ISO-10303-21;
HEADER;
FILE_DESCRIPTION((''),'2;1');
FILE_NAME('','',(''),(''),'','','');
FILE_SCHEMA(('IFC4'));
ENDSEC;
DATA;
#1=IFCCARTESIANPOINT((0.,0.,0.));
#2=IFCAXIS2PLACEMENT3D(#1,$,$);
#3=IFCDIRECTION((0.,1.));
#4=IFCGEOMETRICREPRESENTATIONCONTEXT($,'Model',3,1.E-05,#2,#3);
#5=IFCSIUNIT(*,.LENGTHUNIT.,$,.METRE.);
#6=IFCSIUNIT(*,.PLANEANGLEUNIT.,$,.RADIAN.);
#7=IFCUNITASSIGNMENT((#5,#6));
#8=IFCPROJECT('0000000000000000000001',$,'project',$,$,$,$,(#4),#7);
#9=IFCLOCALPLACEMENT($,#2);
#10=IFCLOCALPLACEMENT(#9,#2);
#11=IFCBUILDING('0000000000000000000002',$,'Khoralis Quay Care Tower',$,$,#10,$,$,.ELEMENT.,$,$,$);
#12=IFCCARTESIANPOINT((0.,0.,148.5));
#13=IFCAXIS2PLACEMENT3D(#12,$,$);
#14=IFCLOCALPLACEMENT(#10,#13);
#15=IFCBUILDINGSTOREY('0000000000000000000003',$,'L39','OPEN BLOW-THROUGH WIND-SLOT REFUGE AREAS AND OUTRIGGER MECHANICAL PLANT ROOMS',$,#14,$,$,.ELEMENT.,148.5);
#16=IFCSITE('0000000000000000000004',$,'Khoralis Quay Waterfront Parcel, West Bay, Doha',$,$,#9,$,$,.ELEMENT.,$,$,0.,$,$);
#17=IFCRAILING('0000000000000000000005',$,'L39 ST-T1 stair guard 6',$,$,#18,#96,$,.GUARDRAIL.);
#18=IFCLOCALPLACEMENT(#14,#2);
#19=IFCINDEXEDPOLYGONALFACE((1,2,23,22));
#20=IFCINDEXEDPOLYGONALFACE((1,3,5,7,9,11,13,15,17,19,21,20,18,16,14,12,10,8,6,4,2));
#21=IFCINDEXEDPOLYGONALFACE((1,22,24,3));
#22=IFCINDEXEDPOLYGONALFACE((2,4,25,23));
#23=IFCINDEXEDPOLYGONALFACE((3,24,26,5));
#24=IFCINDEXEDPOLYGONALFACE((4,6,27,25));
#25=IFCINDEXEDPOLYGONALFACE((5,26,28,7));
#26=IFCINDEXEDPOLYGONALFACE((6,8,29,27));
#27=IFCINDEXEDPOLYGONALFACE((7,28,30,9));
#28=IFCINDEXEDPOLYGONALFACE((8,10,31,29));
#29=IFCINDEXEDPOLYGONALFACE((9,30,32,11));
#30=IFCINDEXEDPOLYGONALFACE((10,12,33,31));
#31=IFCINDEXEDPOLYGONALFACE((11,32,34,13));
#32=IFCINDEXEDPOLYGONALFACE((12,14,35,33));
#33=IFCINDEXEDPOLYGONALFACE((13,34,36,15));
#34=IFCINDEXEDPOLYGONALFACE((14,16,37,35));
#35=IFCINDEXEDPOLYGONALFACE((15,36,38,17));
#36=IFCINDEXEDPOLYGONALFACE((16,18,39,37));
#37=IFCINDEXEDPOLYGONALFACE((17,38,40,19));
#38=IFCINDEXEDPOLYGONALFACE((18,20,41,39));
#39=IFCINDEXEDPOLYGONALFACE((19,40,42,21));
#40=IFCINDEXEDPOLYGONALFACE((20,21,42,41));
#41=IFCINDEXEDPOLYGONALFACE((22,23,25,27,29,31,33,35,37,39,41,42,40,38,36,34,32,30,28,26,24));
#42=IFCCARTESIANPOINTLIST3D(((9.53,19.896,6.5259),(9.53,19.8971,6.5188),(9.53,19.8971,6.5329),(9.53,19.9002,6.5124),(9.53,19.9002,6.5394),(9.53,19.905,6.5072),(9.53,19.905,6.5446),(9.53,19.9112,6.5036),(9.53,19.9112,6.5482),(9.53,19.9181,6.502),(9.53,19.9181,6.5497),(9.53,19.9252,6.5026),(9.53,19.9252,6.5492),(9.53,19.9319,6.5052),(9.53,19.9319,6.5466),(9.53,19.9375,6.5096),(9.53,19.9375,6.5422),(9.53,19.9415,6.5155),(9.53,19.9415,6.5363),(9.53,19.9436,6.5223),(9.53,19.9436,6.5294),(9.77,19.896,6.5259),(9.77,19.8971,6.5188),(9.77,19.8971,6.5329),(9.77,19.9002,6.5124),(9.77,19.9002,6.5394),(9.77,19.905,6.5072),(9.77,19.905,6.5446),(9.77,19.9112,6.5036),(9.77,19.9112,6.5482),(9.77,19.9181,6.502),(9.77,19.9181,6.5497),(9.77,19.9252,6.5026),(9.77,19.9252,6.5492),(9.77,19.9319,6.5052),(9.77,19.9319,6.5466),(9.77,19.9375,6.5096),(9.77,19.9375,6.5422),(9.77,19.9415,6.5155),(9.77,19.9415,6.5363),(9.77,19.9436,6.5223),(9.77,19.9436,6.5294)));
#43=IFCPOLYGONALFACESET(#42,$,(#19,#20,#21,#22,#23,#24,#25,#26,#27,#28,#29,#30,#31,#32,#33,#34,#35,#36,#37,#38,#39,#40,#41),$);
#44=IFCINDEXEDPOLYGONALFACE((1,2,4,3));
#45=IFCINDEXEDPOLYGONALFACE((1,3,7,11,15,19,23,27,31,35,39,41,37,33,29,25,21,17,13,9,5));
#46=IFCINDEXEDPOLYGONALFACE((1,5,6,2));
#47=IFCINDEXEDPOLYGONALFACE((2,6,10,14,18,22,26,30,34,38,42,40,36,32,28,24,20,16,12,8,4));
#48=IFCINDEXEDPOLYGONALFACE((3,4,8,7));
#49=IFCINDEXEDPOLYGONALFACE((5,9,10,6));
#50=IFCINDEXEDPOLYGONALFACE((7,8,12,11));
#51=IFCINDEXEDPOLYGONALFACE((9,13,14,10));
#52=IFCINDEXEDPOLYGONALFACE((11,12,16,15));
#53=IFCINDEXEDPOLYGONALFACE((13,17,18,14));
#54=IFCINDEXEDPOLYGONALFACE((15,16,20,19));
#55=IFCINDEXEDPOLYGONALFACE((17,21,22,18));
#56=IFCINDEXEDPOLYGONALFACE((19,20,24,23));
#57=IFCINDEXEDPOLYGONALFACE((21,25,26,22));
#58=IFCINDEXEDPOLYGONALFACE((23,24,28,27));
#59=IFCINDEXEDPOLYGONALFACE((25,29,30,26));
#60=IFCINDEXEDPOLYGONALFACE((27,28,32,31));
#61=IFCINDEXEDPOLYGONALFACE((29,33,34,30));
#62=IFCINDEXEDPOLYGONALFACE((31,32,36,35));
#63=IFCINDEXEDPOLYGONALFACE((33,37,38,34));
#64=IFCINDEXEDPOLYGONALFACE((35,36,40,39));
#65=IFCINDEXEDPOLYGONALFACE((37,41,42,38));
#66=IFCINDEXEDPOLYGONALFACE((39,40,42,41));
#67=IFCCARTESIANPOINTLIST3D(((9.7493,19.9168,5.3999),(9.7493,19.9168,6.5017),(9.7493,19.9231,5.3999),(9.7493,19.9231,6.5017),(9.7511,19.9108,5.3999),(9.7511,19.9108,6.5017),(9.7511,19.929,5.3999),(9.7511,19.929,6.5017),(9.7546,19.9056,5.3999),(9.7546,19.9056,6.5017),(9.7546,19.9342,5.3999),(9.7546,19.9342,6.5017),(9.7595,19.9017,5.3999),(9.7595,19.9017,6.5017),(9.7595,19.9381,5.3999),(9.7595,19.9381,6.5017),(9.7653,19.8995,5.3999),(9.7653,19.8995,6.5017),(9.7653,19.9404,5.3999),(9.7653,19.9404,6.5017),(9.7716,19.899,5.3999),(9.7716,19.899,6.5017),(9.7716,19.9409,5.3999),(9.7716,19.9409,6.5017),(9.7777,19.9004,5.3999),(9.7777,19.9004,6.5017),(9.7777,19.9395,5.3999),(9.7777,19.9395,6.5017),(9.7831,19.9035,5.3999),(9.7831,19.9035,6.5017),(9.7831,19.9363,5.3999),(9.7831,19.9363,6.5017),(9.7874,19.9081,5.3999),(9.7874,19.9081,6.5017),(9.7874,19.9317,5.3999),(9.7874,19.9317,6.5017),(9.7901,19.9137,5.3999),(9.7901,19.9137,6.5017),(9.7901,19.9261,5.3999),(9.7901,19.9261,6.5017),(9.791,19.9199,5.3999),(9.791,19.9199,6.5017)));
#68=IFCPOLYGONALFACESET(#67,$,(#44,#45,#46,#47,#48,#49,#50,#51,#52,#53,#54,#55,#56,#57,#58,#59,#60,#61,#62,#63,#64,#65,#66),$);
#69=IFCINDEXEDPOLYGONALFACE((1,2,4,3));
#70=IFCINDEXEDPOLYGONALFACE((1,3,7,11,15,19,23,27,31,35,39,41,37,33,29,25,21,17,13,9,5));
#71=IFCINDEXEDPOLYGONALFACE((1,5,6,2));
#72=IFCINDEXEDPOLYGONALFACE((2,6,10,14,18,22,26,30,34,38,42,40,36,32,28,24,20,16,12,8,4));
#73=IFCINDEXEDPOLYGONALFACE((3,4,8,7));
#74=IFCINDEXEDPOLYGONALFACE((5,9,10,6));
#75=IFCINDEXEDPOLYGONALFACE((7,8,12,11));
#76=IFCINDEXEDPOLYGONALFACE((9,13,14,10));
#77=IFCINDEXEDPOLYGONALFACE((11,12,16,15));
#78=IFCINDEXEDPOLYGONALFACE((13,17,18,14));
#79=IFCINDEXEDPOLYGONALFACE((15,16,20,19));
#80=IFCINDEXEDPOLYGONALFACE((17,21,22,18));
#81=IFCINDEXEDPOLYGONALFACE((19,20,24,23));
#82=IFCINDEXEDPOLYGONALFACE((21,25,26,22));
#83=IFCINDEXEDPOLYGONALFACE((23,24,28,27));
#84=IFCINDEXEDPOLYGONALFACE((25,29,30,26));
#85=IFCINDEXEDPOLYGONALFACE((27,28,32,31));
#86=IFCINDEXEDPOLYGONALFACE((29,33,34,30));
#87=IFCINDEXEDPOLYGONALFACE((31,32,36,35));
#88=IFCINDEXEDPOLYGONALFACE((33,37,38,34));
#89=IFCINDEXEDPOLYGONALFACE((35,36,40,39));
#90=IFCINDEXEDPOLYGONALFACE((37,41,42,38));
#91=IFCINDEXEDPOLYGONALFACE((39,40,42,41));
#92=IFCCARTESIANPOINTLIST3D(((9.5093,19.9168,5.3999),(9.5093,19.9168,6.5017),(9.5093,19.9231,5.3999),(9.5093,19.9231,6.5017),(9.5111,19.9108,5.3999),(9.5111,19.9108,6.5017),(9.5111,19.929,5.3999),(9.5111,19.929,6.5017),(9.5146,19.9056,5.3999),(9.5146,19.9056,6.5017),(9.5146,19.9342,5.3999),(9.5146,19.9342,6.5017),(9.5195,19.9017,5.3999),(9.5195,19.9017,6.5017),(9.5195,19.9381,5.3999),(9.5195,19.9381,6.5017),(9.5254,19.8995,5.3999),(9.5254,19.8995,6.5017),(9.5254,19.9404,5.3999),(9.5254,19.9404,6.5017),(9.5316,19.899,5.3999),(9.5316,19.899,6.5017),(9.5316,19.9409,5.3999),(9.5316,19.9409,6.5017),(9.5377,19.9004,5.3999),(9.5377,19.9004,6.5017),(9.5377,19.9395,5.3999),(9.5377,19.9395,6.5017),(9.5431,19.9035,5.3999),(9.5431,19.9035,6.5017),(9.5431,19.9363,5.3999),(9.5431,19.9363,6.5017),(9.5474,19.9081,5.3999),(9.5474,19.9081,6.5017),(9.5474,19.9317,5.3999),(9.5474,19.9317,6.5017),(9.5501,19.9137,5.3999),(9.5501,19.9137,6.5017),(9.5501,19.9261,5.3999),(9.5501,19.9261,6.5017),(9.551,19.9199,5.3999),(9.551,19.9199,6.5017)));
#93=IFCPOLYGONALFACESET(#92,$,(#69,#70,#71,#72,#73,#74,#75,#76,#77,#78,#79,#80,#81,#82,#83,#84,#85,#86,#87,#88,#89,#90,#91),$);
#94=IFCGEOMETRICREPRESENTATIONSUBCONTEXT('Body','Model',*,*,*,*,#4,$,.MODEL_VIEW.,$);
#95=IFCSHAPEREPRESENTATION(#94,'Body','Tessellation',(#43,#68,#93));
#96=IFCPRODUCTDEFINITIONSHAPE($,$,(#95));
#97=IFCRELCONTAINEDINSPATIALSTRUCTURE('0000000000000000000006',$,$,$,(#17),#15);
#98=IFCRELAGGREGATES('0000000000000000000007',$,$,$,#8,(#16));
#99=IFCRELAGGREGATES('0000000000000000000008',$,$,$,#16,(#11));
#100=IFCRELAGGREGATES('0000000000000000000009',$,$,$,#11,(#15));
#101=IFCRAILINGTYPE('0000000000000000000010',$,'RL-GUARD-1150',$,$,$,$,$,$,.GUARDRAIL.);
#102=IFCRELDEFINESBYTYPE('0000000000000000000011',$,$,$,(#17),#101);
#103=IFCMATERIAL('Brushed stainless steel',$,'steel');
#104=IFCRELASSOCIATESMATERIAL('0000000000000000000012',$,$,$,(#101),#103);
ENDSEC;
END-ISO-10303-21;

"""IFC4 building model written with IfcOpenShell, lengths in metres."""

from ifc_helpers import new_model, si_unit, direction, frame, origin, origin_2d, place, context, subcontext, project, spatial, circle, extrude, material, type_object, element, save


model = new_model("IFC4")

# Units and contexts
model_context = context("Model", 3, precision=1e-05, world=origin(), true_north=direction((0.0, 1.0)))
body_context = subcontext(model_context, "Body", "Model", "MODEL_VIEW")
ifc_project = project(units=[si_unit("LENGTHUNIT", "METRE"), si_unit("PLANEANGLEUNIT", "RADIAN")], contexts=[model_context])

# Site, building, storey
site_placement = place(None, origin())
site = spatial("IfcSite", under=ifc_project, at=site_placement, Name="Khoralis Quay Waterfront Parcel, West Bay, Doha", CompositionType="ELEMENT", RefElevation=0.0)
building_placement = place(site_placement, origin())
building = spatial("IfcBuilding", under=site, at=building_placement, Name="Khoralis Quay Care Tower", CompositionType="ELEMENT")
storey_placement = place(building_placement, frame((0.0, 0.0, 148.5)))
storey = spatial("IfcBuildingStorey", under=building, at=storey_placement, Name="L39", Description="OPEN BLOW-THROUGH WIND-SLOT REFUGE AREAS AND OUTRIGGER MECHANICAL PLANT ROOMS", CompositionType="ELEMENT", Elevation=148.5)

# Railing
ifc_material_1 = material(Name="Brushed stainless steel", Category="steel")
railing_type_1 = type_object("IfcRailingType", Name="RL-GUARD-1150", PredefinedType="GUARDRAIL", material=ifc_material_1)
railing_1_placement = place(storey_placement, frame((9.77, 19.9199, 5.3999)))
element("IfcRailing", 1, at=railing_1_placement, inside=storey, type_object=railing_type_1, Name="L39 ST-T1 stair guard 6", PredefinedType="GUARDRAIL", context=body_context, shape_type="SweptSolid", body=[
    extrude(circle(Radius=0.0239, at=origin_2d()), frame((0.0, 0.0, 1.126), z_axis=(-1.0, 0.0, 0.0), x_axis=(0.0, -1.0, 0.0)), (0.0, 0.0, 1.0), 0.24),
    extrude(circle(Radius=0.021, at=origin_2d()), origin(), (0.0, 0.0, 1.0), 1.1018),
    extrude(circle(Radius=0.021, at=origin_2d()), frame((-0.24, 0.0, 0.0)), (0.0, 0.0, 1.0), 1.1018),
])

save(model, "model.ifc")
